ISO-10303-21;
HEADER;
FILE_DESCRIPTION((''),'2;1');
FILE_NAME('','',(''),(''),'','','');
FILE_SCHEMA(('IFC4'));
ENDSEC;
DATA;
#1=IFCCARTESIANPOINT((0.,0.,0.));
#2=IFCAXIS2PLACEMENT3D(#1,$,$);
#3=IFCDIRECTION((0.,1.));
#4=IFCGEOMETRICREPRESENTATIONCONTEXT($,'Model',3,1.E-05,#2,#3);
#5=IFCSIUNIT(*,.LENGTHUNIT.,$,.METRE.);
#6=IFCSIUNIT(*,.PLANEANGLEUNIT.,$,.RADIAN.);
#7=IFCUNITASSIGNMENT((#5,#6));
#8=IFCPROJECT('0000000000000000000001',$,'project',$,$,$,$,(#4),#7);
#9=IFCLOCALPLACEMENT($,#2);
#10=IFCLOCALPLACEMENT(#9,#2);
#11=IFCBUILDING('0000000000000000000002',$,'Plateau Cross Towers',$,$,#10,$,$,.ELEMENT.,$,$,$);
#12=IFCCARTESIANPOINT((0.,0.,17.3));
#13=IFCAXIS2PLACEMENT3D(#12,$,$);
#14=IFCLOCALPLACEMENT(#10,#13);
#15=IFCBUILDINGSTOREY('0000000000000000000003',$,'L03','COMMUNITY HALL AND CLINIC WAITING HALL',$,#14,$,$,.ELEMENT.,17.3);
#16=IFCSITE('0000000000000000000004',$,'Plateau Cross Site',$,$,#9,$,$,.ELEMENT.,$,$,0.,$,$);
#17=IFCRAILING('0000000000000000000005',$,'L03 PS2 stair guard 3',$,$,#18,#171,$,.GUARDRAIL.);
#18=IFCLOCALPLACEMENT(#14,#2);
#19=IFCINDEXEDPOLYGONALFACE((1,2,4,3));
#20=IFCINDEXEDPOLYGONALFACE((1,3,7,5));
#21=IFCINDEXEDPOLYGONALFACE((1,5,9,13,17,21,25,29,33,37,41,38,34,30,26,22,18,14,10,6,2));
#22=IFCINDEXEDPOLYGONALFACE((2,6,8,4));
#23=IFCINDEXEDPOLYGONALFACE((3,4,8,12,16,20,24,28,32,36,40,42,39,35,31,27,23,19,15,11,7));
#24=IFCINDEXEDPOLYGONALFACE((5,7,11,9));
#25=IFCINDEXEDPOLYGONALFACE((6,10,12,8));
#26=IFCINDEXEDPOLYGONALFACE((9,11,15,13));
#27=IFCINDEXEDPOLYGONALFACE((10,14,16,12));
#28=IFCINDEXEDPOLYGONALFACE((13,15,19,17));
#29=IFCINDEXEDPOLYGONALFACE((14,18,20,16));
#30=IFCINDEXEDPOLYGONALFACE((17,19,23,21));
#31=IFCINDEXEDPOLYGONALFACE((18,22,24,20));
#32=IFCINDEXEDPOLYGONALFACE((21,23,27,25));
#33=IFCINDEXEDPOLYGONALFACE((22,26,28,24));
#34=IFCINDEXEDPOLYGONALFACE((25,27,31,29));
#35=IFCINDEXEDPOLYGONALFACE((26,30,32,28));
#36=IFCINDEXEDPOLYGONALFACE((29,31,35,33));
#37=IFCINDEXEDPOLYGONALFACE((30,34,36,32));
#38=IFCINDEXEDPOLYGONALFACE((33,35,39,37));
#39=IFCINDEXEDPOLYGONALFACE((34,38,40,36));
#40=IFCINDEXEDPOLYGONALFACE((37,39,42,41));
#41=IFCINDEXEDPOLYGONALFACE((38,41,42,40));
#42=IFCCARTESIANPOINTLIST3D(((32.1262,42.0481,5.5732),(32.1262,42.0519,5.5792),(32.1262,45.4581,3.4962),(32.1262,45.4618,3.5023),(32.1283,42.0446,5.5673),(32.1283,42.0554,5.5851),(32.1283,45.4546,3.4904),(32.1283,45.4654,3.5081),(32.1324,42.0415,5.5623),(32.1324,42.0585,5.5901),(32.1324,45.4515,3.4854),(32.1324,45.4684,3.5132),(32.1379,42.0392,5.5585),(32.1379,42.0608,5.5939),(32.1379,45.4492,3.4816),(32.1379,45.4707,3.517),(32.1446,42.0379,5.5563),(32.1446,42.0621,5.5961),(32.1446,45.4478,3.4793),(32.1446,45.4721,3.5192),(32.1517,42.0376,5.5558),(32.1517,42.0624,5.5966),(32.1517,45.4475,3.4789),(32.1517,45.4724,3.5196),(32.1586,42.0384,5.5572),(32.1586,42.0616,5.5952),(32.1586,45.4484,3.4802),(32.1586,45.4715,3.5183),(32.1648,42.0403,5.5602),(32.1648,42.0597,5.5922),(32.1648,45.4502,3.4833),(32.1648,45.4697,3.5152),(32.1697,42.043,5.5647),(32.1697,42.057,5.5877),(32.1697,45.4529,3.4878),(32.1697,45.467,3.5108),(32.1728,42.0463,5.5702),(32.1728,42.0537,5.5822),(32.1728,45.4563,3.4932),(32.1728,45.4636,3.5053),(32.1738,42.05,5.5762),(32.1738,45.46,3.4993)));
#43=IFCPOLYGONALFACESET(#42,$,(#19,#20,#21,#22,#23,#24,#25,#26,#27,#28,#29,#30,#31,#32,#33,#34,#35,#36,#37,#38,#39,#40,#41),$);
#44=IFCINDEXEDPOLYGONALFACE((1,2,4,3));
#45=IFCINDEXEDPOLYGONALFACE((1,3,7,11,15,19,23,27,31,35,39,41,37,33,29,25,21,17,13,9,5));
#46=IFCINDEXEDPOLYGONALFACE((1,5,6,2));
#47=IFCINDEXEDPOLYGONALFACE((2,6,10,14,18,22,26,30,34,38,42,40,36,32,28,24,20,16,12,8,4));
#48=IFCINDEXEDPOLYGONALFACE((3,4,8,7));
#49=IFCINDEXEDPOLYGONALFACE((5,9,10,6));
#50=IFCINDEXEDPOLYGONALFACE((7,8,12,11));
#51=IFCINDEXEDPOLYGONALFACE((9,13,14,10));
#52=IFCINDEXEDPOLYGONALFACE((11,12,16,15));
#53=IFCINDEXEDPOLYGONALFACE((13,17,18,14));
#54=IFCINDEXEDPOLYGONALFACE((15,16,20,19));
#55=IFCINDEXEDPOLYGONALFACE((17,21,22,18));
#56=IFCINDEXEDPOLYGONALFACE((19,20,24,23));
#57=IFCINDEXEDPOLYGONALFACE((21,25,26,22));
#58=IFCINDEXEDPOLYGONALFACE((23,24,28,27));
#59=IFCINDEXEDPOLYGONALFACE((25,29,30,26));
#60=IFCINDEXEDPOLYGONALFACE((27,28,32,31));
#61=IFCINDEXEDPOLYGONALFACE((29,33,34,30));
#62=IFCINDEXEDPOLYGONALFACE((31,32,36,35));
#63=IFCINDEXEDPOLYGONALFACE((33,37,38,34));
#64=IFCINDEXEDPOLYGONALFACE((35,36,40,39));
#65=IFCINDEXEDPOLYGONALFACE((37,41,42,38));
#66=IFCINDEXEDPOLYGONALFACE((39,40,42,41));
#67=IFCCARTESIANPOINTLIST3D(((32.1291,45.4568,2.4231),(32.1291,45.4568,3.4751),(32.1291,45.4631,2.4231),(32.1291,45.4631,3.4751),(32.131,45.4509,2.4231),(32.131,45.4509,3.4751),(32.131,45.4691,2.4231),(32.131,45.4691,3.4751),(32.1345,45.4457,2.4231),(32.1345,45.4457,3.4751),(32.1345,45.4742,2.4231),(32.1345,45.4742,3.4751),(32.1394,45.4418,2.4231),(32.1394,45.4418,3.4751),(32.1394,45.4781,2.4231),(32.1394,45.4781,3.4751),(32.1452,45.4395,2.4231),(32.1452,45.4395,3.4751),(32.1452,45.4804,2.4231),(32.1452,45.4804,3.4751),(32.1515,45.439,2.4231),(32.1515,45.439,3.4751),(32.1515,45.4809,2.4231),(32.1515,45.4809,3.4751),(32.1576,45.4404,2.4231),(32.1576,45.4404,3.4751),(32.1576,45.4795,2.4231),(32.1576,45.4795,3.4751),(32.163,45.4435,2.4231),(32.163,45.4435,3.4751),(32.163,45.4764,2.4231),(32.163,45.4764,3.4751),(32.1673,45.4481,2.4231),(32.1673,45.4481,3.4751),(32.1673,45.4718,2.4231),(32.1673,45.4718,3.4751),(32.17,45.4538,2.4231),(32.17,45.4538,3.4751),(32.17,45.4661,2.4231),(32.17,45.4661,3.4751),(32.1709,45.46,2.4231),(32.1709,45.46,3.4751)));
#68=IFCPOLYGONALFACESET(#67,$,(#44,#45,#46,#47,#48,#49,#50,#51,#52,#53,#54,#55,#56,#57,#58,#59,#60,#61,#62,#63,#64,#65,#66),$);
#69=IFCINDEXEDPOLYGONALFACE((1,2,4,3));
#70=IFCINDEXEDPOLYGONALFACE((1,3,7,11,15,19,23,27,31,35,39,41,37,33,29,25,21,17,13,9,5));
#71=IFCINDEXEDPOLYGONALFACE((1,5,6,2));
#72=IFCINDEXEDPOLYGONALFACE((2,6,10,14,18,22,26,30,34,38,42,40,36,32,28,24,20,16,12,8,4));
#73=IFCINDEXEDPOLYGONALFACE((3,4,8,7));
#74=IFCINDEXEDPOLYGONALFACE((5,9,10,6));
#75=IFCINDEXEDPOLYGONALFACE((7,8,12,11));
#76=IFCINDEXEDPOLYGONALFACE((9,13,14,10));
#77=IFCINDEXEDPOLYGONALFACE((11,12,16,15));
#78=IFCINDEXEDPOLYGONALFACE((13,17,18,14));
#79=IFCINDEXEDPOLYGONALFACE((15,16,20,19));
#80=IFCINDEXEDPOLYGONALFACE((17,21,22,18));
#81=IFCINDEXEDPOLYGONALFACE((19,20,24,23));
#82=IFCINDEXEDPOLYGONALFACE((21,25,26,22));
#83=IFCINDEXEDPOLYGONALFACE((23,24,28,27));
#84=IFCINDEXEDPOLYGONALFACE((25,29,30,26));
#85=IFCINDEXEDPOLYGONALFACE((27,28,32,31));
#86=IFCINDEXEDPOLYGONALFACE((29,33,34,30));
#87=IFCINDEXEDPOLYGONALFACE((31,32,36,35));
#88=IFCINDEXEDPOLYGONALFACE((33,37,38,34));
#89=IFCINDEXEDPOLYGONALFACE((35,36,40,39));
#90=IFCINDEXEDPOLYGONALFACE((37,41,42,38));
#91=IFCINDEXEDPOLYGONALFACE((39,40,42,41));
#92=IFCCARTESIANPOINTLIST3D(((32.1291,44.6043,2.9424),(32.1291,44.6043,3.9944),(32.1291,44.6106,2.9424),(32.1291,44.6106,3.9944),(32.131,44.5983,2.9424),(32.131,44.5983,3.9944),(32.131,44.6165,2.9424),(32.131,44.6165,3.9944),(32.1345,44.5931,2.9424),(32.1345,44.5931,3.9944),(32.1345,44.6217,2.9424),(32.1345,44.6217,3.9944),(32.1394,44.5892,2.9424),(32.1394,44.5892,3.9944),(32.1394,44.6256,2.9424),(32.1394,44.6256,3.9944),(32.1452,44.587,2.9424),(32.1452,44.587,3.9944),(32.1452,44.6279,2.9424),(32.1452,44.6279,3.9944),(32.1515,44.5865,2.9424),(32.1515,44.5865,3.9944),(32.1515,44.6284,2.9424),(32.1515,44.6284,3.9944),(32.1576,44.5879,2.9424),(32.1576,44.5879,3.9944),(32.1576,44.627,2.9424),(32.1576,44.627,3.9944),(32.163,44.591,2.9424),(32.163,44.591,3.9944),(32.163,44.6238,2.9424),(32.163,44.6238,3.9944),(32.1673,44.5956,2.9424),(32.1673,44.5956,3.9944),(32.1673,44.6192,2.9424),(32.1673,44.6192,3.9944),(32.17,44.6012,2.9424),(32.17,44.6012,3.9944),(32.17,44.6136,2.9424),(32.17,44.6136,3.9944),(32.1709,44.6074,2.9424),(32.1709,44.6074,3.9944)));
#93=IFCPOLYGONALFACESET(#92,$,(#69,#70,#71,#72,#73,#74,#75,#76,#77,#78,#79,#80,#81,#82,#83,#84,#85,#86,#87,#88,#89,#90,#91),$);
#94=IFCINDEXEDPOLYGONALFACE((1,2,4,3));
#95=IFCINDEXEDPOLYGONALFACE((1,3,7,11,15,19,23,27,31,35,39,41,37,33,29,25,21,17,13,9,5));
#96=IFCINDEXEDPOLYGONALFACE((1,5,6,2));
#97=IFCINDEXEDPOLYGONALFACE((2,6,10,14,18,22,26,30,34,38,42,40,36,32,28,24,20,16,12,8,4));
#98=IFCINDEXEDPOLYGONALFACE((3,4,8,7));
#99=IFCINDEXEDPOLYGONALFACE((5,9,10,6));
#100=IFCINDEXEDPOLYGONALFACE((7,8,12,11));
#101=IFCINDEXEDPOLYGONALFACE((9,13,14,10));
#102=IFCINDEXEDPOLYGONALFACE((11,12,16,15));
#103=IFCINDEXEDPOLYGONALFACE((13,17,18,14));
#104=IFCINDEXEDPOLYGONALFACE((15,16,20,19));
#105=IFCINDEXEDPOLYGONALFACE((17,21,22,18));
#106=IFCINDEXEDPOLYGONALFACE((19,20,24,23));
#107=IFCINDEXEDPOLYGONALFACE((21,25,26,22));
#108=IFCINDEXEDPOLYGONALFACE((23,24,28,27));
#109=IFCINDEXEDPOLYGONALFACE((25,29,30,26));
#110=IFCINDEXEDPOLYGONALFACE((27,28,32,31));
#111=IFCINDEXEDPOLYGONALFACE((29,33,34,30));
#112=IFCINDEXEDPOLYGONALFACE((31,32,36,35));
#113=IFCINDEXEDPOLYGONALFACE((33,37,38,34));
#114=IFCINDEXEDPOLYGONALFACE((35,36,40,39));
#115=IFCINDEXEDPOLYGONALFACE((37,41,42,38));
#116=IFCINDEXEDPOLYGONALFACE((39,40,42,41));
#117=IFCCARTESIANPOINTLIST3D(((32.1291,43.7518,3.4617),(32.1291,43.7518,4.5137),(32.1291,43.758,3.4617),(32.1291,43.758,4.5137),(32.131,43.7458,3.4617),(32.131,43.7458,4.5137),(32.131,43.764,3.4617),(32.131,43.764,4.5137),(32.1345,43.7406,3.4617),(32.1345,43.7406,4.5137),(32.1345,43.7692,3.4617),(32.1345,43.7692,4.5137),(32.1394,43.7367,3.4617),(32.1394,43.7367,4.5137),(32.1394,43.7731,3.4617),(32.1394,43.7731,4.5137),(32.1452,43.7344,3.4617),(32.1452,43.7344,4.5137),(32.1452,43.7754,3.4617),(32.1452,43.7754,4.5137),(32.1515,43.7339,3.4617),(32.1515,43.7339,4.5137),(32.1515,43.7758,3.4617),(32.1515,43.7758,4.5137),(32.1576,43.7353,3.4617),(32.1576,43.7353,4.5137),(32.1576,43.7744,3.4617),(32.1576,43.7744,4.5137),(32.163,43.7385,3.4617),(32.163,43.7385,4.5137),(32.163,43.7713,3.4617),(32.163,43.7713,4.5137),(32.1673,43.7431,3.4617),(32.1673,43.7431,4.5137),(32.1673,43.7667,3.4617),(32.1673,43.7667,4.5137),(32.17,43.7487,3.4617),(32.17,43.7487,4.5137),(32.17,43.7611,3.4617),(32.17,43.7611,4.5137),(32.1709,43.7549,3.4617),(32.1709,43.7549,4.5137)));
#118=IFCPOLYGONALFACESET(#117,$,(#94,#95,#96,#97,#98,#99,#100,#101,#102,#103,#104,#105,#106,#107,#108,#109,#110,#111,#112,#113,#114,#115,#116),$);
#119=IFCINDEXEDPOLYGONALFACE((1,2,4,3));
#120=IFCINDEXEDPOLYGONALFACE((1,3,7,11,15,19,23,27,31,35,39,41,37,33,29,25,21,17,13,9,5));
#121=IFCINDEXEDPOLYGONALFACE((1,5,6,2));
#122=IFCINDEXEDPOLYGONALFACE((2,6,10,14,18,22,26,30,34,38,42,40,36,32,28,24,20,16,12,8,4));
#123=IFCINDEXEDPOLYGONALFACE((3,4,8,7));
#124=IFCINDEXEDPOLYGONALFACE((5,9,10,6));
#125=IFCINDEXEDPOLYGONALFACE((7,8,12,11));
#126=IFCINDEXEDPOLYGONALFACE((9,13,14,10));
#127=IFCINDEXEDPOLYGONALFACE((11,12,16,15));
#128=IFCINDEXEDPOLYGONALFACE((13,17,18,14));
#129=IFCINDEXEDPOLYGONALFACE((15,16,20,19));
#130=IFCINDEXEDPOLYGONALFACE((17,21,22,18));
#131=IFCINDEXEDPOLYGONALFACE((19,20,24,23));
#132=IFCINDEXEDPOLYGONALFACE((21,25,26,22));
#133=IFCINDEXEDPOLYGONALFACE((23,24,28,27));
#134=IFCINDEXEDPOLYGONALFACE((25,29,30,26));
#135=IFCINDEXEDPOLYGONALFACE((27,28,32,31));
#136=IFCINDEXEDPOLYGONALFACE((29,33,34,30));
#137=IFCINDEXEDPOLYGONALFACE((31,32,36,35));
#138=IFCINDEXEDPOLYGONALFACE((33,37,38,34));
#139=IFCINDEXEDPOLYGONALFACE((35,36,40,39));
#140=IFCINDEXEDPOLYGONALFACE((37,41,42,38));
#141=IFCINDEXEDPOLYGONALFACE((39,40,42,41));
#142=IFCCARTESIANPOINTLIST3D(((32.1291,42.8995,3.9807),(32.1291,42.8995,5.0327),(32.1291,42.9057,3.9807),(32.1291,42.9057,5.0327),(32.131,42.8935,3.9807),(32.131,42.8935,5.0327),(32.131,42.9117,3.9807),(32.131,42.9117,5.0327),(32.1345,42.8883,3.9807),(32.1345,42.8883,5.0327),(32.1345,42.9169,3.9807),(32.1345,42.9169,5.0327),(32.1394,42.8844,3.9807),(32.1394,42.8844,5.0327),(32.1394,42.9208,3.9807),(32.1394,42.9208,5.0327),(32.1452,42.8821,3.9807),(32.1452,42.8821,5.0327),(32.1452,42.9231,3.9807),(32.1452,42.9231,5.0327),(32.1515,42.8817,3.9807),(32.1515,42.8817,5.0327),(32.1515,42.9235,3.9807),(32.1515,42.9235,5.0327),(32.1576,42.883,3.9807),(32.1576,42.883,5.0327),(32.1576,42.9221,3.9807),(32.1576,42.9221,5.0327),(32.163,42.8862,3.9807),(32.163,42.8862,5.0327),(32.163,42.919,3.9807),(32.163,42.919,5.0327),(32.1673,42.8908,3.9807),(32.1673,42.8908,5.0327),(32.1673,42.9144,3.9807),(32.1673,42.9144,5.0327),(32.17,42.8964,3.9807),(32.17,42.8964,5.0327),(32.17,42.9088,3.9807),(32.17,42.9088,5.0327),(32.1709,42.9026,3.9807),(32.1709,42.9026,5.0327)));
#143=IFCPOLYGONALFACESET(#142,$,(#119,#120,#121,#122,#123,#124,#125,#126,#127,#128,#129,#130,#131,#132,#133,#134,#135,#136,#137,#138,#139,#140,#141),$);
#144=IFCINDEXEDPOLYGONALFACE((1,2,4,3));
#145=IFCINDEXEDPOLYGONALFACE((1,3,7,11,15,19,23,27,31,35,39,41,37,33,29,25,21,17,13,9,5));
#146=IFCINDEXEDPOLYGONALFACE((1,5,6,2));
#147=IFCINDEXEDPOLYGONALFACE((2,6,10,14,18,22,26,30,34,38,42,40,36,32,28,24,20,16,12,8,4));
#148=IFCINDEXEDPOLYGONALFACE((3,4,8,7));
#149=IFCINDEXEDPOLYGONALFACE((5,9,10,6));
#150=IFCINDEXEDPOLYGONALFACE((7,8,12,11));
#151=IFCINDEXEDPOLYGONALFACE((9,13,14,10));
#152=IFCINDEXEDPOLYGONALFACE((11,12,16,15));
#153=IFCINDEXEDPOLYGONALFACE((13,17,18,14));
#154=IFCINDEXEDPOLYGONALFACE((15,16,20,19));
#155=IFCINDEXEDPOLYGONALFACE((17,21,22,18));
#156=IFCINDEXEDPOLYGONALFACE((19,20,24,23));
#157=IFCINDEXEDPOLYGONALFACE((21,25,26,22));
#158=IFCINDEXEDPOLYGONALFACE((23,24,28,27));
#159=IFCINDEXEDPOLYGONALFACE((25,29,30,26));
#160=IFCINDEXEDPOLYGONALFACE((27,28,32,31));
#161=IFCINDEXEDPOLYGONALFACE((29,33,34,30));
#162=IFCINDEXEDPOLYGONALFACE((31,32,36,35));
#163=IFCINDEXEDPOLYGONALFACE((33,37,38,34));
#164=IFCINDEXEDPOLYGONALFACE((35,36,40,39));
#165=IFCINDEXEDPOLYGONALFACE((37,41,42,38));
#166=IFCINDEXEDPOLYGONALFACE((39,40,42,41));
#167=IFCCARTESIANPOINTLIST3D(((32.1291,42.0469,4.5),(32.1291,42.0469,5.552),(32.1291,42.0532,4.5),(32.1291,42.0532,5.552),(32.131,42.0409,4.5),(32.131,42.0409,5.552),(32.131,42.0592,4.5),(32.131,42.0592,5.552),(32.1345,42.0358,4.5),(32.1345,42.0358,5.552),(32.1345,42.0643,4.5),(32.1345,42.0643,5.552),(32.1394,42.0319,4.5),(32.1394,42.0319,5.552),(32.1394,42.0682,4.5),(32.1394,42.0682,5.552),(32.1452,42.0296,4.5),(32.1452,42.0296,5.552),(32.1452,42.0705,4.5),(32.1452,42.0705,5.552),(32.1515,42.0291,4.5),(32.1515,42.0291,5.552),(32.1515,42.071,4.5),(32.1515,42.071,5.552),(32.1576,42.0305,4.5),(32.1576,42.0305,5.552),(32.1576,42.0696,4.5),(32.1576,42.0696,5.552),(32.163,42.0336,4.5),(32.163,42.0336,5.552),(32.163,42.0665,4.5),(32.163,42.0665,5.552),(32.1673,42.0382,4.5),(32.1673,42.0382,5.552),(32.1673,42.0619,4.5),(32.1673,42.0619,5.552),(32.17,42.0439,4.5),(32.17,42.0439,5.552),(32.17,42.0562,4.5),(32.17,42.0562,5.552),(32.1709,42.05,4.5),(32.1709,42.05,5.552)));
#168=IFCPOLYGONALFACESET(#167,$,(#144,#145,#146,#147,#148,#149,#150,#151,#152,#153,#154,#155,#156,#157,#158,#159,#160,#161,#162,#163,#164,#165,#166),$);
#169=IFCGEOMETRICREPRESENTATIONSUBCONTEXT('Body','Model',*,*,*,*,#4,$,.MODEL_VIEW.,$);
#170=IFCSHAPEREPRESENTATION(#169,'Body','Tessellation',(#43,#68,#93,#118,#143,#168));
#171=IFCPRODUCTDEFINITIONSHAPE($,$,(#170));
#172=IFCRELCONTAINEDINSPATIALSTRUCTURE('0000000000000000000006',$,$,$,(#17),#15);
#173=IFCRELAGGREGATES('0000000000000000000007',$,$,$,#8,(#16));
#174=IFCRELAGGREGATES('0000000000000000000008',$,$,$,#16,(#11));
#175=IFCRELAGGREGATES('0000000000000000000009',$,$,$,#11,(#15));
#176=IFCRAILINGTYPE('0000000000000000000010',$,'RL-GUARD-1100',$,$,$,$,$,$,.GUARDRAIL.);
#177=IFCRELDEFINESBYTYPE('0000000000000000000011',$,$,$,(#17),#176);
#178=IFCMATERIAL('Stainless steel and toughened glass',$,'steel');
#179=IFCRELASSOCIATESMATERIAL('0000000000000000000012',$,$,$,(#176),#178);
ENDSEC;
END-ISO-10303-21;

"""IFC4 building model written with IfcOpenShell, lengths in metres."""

from ifc_helpers import new_model, si_unit, direction, frame, origin, origin_2d, place, context, subcontext, project, spatial, circle, extrude, material, type_object, element, save


model = new_model("IFC4")

# Units and contexts
model_context = context("Model", 3, precision=1e-05, world=origin(), true_north=direction((0.0, 1.0)))
body_context = subcontext(model_context, "Body", "Model", "MODEL_VIEW")
ifc_project = project(units=[si_unit("LENGTHUNIT", "METRE"), si_unit("PLANEANGLEUNIT", "RADIAN")], contexts=[model_context])

# Site, building, storey
site_placement = place(None, origin())
site = spatial("IfcSite", under=ifc_project, at=site_placement, Name="Plateau Cross Site", CompositionType="ELEMENT", RefElevation=0.0)
building_placement = place(site_placement, origin())
building = spatial("IfcBuilding", under=site, at=building_placement, Name="Plateau Cross Towers", CompositionType="ELEMENT")
storey_placement = place(building_placement, frame((0.0, 0.0, 17.3)))
storey = spatial("IfcBuildingStorey", under=building, at=storey_placement, Name="L03", Description="COMMUNITY HALL AND CLINIC WAITING HALL", CompositionType="ELEMENT", Elevation=17.3)

# Railing
ifc_material_1 = material(Name="Stainless steel and toughened glass", Category="steel")
railing_type_1 = type_object("IfcRailingType", Name="RL-GUARD-1100", PredefinedType="GUARDRAIL", material=ifc_material_1)
railing_1_placement = place(storey_placement, frame((32.1499, 45.46, 2.4231)))
element("IfcRailing", 1, at=railing_1_placement, inside=storey, type_object=railing_type_1, Name="L03 PS2 stair guard 3", PredefinedType="GUARDRAIL", context=body_context, shape_type="SweptSolid", body=[
    extrude(circle(Radius=0.0239, at=origin_2d()), frame((0.0, 0.0, 1.0762), z_axis=(0.0, -0.854053, 0.520186), x_axis=(1.0, 0.0, 0.0)), (0.0, 0.0, 1.0), 3.9927),
    extrude(circle(Radius=0.021, at=origin_2d()), origin(), (0.0, 0.0, 1.0), 1.052),
    extrude(circle(Radius=0.021, at=origin_2d()), frame((0.0, -0.8525, 0.5193)), (0.0, 0.0, 1.0), 1.052),
    extrude(circle(Radius=0.021, at=origin_2d()), frame((0.0, -1.7051, 1.0386)), (0.0, 0.0, 1.0), 1.052),
    extrude(circle(Radius=0.021, at=origin_2d()), frame((0.0, -2.5574, 1.5576)), (0.0, 0.0, 1.0), 1.052),
    extrude(circle(Radius=0.021, at=origin_2d()), frame((0.0, -3.4099, 2.0769)), (0.0, 0.0, 1.0), 1.052),
])

save(model, "model.ifc")
